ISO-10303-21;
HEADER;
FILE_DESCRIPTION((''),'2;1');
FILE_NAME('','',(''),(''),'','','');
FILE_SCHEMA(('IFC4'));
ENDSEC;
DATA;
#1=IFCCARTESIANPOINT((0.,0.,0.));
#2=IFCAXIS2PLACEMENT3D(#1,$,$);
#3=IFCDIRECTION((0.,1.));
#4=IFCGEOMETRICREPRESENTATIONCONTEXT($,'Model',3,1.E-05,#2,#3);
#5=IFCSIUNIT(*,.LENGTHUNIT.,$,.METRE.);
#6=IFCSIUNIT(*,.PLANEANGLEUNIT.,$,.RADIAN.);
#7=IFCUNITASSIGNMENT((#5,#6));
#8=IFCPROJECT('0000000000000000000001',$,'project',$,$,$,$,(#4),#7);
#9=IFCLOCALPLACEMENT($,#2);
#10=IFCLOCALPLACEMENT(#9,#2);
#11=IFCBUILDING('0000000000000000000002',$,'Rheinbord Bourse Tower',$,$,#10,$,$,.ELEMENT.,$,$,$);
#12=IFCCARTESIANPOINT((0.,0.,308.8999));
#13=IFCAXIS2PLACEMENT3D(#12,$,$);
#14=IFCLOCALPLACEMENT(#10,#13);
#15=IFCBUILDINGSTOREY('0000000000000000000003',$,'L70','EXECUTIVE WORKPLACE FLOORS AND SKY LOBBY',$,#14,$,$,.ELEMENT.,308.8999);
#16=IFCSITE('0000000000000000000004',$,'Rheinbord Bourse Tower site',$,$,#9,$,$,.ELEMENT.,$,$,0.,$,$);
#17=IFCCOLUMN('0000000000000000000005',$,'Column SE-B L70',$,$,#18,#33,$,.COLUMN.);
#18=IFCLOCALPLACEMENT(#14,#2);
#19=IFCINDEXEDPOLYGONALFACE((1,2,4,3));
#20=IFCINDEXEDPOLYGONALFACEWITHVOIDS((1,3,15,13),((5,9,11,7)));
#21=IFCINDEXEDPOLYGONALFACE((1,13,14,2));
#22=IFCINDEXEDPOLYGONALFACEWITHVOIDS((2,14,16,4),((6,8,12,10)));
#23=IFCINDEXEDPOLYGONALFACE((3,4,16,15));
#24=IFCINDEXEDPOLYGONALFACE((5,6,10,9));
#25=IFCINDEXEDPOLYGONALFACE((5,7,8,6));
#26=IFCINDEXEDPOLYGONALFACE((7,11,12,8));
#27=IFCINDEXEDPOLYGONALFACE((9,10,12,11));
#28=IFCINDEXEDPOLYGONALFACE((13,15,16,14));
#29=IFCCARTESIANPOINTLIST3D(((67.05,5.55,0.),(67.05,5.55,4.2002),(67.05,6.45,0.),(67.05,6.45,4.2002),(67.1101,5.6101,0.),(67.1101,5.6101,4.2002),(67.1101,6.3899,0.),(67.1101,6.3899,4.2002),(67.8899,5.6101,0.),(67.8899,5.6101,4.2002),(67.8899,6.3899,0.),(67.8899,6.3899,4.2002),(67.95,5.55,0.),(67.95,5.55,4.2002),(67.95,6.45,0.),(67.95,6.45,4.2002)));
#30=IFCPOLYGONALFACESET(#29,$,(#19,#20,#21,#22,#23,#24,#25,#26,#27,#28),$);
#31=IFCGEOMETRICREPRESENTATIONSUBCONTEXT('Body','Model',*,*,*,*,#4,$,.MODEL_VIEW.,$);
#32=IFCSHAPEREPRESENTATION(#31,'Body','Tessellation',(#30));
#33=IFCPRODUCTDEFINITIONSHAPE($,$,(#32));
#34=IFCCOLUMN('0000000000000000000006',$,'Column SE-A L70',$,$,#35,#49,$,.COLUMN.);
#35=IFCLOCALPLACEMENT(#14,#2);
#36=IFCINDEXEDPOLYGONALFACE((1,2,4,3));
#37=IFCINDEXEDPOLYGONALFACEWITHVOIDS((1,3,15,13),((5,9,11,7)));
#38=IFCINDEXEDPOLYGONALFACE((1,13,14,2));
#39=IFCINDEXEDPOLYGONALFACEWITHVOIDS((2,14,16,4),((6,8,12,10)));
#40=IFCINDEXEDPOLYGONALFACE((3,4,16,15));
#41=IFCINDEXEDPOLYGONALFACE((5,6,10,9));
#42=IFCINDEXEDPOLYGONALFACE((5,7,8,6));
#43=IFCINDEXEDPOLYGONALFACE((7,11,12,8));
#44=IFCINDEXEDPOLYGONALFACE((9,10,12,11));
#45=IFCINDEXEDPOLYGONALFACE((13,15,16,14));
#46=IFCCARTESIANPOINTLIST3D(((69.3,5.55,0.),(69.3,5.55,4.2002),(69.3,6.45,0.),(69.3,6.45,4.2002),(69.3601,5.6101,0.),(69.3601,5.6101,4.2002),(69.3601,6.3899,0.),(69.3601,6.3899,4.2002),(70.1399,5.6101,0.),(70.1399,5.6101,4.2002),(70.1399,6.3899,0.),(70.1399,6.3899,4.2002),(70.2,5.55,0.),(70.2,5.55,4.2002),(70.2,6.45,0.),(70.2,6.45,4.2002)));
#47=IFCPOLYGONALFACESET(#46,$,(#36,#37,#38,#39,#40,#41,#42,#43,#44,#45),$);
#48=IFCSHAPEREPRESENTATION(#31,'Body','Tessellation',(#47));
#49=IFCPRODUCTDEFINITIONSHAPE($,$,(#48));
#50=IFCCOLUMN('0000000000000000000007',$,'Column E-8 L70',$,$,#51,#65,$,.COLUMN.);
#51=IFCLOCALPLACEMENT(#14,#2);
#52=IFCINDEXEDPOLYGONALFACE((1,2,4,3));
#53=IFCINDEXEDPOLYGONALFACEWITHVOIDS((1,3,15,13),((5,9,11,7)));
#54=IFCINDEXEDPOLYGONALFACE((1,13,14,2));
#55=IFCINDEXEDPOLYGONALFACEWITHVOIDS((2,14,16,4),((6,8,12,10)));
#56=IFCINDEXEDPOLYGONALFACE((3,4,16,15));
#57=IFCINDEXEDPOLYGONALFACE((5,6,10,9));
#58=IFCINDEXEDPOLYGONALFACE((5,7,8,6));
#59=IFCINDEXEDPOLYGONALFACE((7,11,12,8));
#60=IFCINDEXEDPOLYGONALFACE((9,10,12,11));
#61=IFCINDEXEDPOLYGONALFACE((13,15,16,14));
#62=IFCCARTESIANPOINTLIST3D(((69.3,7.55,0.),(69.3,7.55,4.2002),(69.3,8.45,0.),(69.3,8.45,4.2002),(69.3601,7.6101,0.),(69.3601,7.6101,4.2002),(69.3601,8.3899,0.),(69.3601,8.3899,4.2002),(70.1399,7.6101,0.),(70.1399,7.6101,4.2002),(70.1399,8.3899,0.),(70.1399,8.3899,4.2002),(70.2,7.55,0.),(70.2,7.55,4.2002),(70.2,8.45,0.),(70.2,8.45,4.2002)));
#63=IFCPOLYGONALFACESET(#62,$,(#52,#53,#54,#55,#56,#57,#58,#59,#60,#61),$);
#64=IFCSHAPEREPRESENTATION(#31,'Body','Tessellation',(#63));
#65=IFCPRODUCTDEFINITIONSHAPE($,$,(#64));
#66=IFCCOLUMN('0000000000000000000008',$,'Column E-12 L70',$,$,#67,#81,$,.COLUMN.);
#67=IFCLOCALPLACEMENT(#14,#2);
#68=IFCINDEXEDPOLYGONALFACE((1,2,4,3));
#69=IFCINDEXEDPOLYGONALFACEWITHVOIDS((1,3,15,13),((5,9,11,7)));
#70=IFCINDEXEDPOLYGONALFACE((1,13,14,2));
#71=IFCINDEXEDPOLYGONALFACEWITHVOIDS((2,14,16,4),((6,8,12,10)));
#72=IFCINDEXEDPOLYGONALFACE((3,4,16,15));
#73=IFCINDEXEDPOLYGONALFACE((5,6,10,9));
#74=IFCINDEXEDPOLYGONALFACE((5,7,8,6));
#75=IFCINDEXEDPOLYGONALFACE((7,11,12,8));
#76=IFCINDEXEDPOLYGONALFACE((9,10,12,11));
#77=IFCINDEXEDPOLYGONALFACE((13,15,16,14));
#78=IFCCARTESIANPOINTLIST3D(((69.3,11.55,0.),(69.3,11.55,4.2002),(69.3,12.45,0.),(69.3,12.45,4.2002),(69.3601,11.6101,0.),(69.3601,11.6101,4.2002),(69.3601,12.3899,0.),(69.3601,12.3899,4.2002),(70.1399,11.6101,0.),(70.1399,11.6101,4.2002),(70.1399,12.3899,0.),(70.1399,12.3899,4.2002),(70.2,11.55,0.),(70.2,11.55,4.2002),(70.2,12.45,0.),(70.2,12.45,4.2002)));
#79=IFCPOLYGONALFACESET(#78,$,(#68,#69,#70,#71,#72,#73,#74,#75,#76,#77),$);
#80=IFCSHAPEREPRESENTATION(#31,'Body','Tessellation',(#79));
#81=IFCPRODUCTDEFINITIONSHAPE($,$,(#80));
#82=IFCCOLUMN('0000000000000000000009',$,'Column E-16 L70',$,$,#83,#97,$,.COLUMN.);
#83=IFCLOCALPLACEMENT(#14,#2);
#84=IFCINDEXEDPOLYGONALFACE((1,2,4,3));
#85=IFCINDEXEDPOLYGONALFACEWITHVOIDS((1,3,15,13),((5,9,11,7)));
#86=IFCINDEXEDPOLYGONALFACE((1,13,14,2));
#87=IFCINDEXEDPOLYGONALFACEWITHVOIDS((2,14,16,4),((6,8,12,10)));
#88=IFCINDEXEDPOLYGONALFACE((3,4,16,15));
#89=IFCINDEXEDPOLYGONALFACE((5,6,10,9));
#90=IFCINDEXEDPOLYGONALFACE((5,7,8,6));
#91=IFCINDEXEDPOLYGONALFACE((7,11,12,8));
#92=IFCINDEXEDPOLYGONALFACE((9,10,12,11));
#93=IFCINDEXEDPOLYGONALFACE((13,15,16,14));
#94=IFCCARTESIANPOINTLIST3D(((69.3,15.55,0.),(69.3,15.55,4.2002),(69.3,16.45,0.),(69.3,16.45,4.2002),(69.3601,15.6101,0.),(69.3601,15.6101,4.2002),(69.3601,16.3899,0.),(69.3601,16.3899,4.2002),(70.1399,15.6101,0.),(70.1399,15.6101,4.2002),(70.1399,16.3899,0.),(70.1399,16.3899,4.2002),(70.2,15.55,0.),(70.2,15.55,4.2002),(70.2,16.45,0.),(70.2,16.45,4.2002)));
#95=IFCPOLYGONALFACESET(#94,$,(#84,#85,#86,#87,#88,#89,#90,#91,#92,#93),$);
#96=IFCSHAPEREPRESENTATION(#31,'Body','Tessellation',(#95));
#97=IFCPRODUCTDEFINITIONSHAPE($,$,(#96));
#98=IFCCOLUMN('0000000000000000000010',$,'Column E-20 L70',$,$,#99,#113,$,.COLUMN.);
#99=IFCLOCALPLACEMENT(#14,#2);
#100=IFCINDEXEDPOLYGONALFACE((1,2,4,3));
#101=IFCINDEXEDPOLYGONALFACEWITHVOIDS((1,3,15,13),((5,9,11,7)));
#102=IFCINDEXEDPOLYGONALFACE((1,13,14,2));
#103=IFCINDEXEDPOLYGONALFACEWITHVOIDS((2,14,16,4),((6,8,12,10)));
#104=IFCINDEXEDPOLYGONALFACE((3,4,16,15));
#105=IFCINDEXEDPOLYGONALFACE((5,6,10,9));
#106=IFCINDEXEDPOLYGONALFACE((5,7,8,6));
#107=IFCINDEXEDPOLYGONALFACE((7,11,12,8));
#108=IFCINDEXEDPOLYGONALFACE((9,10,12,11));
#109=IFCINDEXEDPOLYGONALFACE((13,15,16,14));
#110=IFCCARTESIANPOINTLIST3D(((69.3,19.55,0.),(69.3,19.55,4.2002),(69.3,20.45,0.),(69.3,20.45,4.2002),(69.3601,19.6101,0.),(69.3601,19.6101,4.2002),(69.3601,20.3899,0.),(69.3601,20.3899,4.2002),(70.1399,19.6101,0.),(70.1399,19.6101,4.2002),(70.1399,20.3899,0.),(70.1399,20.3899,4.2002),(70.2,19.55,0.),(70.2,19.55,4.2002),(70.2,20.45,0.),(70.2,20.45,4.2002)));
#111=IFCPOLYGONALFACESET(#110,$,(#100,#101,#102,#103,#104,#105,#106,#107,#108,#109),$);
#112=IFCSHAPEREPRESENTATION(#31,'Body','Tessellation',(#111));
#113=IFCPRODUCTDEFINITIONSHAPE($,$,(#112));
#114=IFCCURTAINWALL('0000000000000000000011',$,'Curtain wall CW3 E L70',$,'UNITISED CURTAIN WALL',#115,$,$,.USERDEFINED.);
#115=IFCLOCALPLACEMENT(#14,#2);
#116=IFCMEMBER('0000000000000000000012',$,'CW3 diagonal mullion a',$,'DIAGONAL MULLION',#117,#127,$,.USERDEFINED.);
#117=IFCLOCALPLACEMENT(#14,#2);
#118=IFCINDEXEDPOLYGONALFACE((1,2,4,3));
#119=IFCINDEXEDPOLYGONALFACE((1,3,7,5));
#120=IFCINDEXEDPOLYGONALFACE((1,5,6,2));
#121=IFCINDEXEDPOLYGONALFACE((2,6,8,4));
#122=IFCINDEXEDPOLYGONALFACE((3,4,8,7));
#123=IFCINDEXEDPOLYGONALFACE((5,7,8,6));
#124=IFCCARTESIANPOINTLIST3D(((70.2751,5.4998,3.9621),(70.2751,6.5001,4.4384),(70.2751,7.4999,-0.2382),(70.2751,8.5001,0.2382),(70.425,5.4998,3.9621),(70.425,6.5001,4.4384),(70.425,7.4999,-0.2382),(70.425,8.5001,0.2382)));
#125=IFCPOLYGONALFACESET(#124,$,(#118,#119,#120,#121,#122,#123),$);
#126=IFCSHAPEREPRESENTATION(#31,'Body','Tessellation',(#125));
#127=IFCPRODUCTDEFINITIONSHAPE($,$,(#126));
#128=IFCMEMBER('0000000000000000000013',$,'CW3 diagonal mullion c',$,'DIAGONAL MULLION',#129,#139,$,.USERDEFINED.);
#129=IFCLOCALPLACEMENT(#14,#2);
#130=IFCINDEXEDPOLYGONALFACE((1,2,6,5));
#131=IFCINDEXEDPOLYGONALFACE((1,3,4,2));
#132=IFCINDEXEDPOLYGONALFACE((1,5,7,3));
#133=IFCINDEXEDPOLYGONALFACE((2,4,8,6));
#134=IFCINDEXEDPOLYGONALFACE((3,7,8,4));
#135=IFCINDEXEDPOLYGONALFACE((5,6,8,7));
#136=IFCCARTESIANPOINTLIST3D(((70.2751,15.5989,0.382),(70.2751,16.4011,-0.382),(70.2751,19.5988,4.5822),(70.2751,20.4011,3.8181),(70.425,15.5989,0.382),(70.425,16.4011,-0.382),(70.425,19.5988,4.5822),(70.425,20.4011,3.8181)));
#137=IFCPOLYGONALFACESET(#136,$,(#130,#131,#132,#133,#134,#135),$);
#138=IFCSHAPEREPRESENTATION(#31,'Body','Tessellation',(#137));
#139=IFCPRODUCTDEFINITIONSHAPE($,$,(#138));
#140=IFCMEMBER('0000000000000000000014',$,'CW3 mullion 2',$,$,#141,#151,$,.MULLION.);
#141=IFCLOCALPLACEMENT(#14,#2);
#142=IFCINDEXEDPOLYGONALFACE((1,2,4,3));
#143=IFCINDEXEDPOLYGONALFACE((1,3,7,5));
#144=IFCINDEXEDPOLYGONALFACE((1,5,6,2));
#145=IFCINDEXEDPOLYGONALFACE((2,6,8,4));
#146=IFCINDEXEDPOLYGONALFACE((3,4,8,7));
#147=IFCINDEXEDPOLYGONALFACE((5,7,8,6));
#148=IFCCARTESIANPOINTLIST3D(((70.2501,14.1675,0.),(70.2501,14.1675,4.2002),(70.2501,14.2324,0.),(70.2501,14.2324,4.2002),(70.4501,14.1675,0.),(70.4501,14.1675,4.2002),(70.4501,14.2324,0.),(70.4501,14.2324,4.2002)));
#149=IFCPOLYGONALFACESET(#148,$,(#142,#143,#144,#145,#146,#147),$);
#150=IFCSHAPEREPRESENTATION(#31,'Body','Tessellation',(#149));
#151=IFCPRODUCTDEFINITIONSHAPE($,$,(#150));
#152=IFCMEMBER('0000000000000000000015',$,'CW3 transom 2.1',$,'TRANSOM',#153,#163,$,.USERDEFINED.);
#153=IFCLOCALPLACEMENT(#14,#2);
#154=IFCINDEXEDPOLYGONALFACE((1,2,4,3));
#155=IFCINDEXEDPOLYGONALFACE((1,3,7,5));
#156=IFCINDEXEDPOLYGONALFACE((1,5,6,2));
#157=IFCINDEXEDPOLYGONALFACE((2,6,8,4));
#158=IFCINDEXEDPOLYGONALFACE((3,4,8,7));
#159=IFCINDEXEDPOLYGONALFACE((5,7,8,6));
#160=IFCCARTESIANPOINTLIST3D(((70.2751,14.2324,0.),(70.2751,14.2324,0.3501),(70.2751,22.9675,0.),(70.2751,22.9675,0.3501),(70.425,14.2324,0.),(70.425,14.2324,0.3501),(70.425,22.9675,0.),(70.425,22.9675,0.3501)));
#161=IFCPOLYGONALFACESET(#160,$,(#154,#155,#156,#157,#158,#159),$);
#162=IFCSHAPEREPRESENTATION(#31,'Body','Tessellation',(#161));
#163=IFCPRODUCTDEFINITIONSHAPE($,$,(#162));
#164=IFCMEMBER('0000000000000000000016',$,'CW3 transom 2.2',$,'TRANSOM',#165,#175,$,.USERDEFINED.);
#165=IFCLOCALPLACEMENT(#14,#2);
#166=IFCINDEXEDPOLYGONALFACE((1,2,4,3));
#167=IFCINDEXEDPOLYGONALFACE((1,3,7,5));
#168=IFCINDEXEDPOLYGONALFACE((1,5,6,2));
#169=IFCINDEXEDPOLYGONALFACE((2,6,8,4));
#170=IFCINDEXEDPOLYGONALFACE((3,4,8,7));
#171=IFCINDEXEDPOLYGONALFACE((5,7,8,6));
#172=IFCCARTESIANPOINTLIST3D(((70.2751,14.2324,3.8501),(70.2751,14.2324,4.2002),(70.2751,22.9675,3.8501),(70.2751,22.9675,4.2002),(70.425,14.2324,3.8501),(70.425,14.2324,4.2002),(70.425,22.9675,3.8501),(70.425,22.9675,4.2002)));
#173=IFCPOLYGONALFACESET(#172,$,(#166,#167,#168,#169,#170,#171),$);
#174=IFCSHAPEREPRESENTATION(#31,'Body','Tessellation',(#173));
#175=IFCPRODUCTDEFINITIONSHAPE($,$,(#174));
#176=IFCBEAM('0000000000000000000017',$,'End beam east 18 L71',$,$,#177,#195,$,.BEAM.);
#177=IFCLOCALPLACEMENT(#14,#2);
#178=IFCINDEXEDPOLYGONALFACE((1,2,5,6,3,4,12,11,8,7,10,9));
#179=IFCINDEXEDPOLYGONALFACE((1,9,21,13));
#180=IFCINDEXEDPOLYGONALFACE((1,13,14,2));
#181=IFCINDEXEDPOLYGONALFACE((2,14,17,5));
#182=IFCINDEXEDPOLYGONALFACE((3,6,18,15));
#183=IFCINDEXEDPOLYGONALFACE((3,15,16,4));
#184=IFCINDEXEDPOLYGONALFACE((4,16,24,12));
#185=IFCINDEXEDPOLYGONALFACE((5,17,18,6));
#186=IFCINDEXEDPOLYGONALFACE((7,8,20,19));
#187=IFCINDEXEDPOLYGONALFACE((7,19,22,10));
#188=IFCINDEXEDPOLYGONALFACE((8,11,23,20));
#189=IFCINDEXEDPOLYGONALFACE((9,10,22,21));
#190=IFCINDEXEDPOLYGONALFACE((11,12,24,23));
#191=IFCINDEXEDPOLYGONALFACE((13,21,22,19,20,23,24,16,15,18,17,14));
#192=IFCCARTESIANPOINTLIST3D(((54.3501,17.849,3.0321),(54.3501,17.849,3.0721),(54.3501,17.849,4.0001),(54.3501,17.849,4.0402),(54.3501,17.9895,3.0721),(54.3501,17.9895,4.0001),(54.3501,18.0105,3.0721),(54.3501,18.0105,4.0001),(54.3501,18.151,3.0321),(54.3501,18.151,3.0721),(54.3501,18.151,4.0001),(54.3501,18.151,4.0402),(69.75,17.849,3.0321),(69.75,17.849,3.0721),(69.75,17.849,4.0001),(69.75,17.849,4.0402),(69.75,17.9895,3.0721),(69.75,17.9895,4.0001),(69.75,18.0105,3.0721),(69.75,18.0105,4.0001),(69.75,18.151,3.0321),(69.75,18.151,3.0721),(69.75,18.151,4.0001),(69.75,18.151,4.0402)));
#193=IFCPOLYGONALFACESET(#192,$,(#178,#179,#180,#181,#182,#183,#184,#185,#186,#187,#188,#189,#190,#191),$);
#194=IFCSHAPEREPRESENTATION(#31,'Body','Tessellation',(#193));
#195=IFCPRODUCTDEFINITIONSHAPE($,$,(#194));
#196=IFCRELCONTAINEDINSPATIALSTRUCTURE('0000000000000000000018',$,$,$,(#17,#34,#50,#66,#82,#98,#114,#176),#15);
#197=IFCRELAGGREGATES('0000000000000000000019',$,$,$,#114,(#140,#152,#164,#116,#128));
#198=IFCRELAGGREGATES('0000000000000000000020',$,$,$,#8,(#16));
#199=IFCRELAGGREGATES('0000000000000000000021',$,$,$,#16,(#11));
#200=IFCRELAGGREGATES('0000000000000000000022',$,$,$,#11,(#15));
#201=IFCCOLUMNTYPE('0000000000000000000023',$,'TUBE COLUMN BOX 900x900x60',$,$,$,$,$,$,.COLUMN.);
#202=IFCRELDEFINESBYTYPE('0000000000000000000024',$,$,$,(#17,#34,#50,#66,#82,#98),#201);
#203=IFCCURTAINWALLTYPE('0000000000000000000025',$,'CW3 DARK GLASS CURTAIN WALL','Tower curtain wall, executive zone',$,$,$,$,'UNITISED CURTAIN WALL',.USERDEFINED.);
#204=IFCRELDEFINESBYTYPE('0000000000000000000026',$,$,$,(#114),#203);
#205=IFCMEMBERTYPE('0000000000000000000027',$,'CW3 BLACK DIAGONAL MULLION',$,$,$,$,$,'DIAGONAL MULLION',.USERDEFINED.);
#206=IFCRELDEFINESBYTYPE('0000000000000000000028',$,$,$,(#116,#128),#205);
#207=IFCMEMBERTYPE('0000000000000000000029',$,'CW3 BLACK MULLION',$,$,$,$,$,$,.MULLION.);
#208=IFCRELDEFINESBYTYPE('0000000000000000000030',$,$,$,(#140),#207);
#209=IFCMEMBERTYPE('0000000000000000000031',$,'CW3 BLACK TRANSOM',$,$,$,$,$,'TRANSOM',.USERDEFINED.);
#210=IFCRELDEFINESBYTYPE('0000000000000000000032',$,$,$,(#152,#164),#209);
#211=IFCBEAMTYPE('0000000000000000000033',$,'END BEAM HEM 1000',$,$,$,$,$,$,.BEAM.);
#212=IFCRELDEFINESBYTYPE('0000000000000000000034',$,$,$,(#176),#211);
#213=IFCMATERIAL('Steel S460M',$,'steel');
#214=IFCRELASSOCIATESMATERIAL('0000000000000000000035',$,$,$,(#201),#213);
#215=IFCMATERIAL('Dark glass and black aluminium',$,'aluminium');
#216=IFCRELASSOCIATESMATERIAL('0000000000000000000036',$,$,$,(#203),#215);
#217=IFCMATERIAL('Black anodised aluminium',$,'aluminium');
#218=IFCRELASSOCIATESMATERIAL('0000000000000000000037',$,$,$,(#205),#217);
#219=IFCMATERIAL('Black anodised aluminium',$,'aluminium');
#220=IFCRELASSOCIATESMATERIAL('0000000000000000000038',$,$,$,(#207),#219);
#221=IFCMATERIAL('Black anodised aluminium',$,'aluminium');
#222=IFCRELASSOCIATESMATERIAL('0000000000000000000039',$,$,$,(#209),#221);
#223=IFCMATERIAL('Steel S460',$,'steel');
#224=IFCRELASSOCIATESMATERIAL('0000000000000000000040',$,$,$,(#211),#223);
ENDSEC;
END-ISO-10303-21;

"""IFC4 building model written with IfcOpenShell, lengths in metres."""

from ifc_helpers import new_model, si_unit, direction, frame, origin, origin_2d, place, context, subcontext, project, spatial, rectangle, hollow_rectangle, i_section, extrude, material, material_profile, profile_set, type_object, element, aggregate, save


model = new_model("IFC4")

# Units and contexts
model_context = context("Model", 3, precision=1e-05, world=origin(), true_north=direction((0.0, 1.0)))
body_context = subcontext(model_context, "Body", "Model", "MODEL_VIEW")
ifc_project = project(units=[si_unit("LENGTHUNIT", "METRE"), si_unit("PLANEANGLEUNIT", "RADIAN")], contexts=[model_context])

# Site, building, storey
site_placement = place(None, origin())
site = spatial("IfcSite", under=ifc_project, at=site_placement, Name="Rheinbord Bourse Tower site", CompositionType="ELEMENT", RefElevation=0.0)
building_placement = place(site_placement, origin())
building = spatial("IfcBuilding", under=site, at=building_placement, Name="Rheinbord Bourse Tower", CompositionType="ELEMENT")
storey_placement = place(building_placement, frame((0.0, 0.0, 308.8999)))
storey = spatial("IfcBuildingStorey", under=building, at=storey_placement, Name="L70", Description="EXECUTIVE WORKPLACE FLOORS AND SKY LOBBY", CompositionType="ELEMENT", Elevation=308.8999)

# Columns
ifc_material_1 = material(Name="Steel S460M", Category="steel")
ifc_material_profile_1 = material_profile(ifc_material_1, hollow_rectangle(XDim=0.8999, YDim=0.8999, WallThickness=0.0601, at=origin_2d()), Name="BOX 900x900x60")
ifc_profile_set_1 = profile_set([ifc_material_profile_1], Name="Steel S460M")
column_type = type_object("IfcColumnType", Name="TUBE COLUMN BOX 900x900x60", PredefinedType="COLUMN", material=ifc_profile_set_1)
for number, where, z_axis, x_axis, name in (
    (1, (67.5, 6.0, 0.0), (0.0, 0.0, 1.0), (1.0, 0.0, 0.0), "Column SE-B L70"),
    (2, (69.75, 6.0, 0.0), (0.0, 0.0, 1.0), (1.0, 0.0, 0.0), "Column SE-A L70"),
    (3, (69.75, 8.0, 0.0), (0.0, 0.0, 1.0), (1.0, 0.0, 0.0), "Column E-8 L70"),
    (4, (69.75, 12.0, 0.0), (0.0, 0.0, 1.0), (1.0, 0.0, 0.0), "Column E-12 L70"),
    (5, (69.75, 16.0, 0.0), (0.0, 0.0, 1.0), (1.0, 0.0, 0.0), "Column E-16 L70"),
    (6, (69.75, 20.0, 0.0), (0.0, 0.0, 1.0), (1.0, 0.0, 0.0), "Column E-20 L70"),
):
    element("IfcColumn", number, at=place(storey_placement, frame(where, z_axis=z_axis, x_axis=x_axis)), inside=storey, type_object=column_type, Name=name, PredefinedType="COLUMN", context=body_context, shape_type="SweptSolid", body=[
        extrude(hollow_rectangle(XDim=0.8999, YDim=0.8999, WallThickness=0.0601, at=origin_2d()), origin(), (0.0, 0.0, 1.0), 4.2002),
    ])

# Curtain wall, members
ifc_material_2 = material(Name="Dark glass and black aluminium", Category="aluminium")
curtain_wall_type = type_object("IfcCurtainWallType", Name="CW3 DARK GLASS CURTAIN WALL", Description="Tower curtain wall, executive zone", ElementType="UNITISED CURTAIN WALL", PredefinedType="USERDEFINED", material=ifc_material_2)
curtain_wall_placement = place(storey_placement, origin())
curtain_wall = element("IfcCurtainWall", 7, at=curtain_wall_placement, inside=storey, type_object=curtain_wall_type, Name="Curtain wall CW3 E L70", ObjectType="UNITISED CURTAIN WALL", PredefinedType="USERDEFINED")
ifc_material_3 = material(Name="Black anodised aluminium", Category="aluminium")
ifc_material_profile_2 = material_profile(ifc_material_3, rectangle(XDim=0.1499, YDim=1.1079, at=origin_2d()), Name="CW3 DIAGONAL MULLION 1108x150")
ifc_profile_set_2 = profile_set([ifc_material_profile_2], Name="Black anodised aluminium")
member_type_1 = type_object("IfcMemberType", Name="CW3 BLACK DIAGONAL MULLION", ElementType="DIAGONAL MULLION", PredefinedType="USERDEFINED", material=ifc_profile_set_2)
member_1_placement = place(storey_placement, frame((70.3501, 8.0, 0.0), z_axis=(0.0, -0.429917, 0.902868), x_axis=(1.0, 0.0, 0.0)))
member_1 = element("IfcMember", 8, at=member_1_placement, type_object=member_type_1, Name="CW3 diagonal mullion a", ObjectType="DIAGONAL MULLION", PredefinedType="USERDEFINED", context=body_context, shape_type="SweptSolid", body=[
    extrude(rectangle(XDim=0.1499, YDim=1.1079, at=origin_2d()), origin(), (0.0, 0.0, 1.0), 4.6521),
])
member_2_placement = place(storey_placement, frame((70.3501, 16.0, 0.0), z_axis=(0.0, 0.689638, 0.724154), x_axis=(-1.0, 0.0, 0.0)))
member_2 = element("IfcMember", 9, at=member_2_placement, type_object=member_type_1, Name="CW3 diagonal mullion c", ObjectType="DIAGONAL MULLION", PredefinedType="USERDEFINED", context=body_context, shape_type="SweptSolid", body=[
    extrude(rectangle(XDim=0.1499, YDim=1.1079, at=origin_2d()), origin(), (0.0, 0.0, 1.0), 5.8),
])
ifc_material_4 = material(Name="Black anodised aluminium", Category="aluminium")
ifc_material_profile_3 = material_profile(ifc_material_4, rectangle(XDim=0.2, YDim=0.0649, at=origin_2d()), Name="CW3 MULLION 65x200")
ifc_profile_set_3 = profile_set([ifc_material_profile_3], Name="Black anodised aluminium")
member_type_2 = type_object("IfcMemberType", Name="CW3 BLACK MULLION", PredefinedType="MULLION", material=ifc_profile_set_3)
member_3_placement = place(storey_placement, frame((70.3501, 14.2, 0.0), z_axis=(0.0, 0.0, 1.0), x_axis=(-1.0, 0.0, 0.0)))
member_3 = element("IfcMember", 10, at=member_3_placement, type_object=member_type_2, Name="CW3 mullion 2", PredefinedType="MULLION", context=body_context, shape_type="SweptSolid", body=[
    extrude(rectangle(XDim=0.2, YDim=0.0649, at=origin_2d()), origin(), (0.0, 0.0, 1.0), 4.2002),
])
ifc_material_5 = material(Name="Black anodised aluminium", Category="aluminium")
ifc_material_profile_4 = material_profile(ifc_material_5, rectangle(XDim=0.1499, YDim=0.3501, at=origin_2d()), Name="CW3 TRANSOM 350x150")
ifc_profile_set_4 = profile_set([ifc_material_profile_4], Name="Black anodised aluminium")
member_type_3 = type_object("IfcMemberType", Name="CW3 BLACK TRANSOM", ElementType="TRANSOM", PredefinedType="USERDEFINED", material=ifc_profile_set_4)
member_4_placement = place(storey_placement, frame((70.3501, 14.2324, 0.175), z_axis=(0.0, 1.0, 0.0), x_axis=(-1.0, 0.0, 0.0)))
member_4 = element("IfcMember", 11, at=member_4_placement, type_object=member_type_3, Name="CW3 transom 2.1", ObjectType="TRANSOM", PredefinedType="USERDEFINED", context=body_context, shape_type="SweptSolid", body=[
    extrude(rectangle(XDim=0.1499, YDim=0.3501, at=origin_2d()), origin(), (0.0, 0.0, 1.0), 8.7351),
])
member_5_placement = place(storey_placement, frame((70.3501, 14.2324, 4.0251), z_axis=(0.0, 1.0, 0.0), x_axis=(-1.0, 0.0, 0.0)))
member_5 = element("IfcMember", 12, at=member_5_placement, type_object=member_type_3, Name="CW3 transom 2.2", ObjectType="TRANSOM", PredefinedType="USERDEFINED", context=body_context, shape_type="SweptSolid", body=[
    extrude(rectangle(XDim=0.1499, YDim=0.3501, at=origin_2d()), origin(), (0.0, 0.0, 1.0), 8.7351),
])

# Beam
ifc_material_6 = material(Name="Steel S460", Category="steel")
ifc_material_profile_5 = material_profile(ifc_material_6, i_section(OverallWidth=0.302, OverallDepth=1.0081, WebThickness=0.021, FlangeThickness=0.04, at=origin_2d()), Name="HEM 1000")
ifc_profile_set_5 = profile_set([ifc_material_profile_5], Name="Steel S460")
beam_type_1 = type_object("IfcBeamType", Name="END BEAM HEM 1000", PredefinedType="BEAM", material=ifc_profile_set_5)
for number, where, z_axis, x_axis, name in (
    (13, (54.3501, 18.0, 3.5361), (1.0, 0.0, 0.0), (0.0, 1.0, 0.0), "End beam east 18 L71"),
):
    element("IfcBeam", number, at=place(storey_placement, frame(where, z_axis=z_axis, x_axis=x_axis)), inside=storey, type_object=beam_type_1, Name=name, PredefinedType="BEAM", context=body_context, shape_type="SweptSolid", body=[
        extrude(i_section(OverallWidth=0.302, OverallDepth=1.0081, WebThickness=0.021, FlangeThickness=0.04, at=origin_2d()), origin(), (0.0, 0.0, 1.0), 15.3999),
    ])

aggregate(curtain_wall, [member_3, member_4, member_5, member_1, member_2])

save(model, "model.ifc")
